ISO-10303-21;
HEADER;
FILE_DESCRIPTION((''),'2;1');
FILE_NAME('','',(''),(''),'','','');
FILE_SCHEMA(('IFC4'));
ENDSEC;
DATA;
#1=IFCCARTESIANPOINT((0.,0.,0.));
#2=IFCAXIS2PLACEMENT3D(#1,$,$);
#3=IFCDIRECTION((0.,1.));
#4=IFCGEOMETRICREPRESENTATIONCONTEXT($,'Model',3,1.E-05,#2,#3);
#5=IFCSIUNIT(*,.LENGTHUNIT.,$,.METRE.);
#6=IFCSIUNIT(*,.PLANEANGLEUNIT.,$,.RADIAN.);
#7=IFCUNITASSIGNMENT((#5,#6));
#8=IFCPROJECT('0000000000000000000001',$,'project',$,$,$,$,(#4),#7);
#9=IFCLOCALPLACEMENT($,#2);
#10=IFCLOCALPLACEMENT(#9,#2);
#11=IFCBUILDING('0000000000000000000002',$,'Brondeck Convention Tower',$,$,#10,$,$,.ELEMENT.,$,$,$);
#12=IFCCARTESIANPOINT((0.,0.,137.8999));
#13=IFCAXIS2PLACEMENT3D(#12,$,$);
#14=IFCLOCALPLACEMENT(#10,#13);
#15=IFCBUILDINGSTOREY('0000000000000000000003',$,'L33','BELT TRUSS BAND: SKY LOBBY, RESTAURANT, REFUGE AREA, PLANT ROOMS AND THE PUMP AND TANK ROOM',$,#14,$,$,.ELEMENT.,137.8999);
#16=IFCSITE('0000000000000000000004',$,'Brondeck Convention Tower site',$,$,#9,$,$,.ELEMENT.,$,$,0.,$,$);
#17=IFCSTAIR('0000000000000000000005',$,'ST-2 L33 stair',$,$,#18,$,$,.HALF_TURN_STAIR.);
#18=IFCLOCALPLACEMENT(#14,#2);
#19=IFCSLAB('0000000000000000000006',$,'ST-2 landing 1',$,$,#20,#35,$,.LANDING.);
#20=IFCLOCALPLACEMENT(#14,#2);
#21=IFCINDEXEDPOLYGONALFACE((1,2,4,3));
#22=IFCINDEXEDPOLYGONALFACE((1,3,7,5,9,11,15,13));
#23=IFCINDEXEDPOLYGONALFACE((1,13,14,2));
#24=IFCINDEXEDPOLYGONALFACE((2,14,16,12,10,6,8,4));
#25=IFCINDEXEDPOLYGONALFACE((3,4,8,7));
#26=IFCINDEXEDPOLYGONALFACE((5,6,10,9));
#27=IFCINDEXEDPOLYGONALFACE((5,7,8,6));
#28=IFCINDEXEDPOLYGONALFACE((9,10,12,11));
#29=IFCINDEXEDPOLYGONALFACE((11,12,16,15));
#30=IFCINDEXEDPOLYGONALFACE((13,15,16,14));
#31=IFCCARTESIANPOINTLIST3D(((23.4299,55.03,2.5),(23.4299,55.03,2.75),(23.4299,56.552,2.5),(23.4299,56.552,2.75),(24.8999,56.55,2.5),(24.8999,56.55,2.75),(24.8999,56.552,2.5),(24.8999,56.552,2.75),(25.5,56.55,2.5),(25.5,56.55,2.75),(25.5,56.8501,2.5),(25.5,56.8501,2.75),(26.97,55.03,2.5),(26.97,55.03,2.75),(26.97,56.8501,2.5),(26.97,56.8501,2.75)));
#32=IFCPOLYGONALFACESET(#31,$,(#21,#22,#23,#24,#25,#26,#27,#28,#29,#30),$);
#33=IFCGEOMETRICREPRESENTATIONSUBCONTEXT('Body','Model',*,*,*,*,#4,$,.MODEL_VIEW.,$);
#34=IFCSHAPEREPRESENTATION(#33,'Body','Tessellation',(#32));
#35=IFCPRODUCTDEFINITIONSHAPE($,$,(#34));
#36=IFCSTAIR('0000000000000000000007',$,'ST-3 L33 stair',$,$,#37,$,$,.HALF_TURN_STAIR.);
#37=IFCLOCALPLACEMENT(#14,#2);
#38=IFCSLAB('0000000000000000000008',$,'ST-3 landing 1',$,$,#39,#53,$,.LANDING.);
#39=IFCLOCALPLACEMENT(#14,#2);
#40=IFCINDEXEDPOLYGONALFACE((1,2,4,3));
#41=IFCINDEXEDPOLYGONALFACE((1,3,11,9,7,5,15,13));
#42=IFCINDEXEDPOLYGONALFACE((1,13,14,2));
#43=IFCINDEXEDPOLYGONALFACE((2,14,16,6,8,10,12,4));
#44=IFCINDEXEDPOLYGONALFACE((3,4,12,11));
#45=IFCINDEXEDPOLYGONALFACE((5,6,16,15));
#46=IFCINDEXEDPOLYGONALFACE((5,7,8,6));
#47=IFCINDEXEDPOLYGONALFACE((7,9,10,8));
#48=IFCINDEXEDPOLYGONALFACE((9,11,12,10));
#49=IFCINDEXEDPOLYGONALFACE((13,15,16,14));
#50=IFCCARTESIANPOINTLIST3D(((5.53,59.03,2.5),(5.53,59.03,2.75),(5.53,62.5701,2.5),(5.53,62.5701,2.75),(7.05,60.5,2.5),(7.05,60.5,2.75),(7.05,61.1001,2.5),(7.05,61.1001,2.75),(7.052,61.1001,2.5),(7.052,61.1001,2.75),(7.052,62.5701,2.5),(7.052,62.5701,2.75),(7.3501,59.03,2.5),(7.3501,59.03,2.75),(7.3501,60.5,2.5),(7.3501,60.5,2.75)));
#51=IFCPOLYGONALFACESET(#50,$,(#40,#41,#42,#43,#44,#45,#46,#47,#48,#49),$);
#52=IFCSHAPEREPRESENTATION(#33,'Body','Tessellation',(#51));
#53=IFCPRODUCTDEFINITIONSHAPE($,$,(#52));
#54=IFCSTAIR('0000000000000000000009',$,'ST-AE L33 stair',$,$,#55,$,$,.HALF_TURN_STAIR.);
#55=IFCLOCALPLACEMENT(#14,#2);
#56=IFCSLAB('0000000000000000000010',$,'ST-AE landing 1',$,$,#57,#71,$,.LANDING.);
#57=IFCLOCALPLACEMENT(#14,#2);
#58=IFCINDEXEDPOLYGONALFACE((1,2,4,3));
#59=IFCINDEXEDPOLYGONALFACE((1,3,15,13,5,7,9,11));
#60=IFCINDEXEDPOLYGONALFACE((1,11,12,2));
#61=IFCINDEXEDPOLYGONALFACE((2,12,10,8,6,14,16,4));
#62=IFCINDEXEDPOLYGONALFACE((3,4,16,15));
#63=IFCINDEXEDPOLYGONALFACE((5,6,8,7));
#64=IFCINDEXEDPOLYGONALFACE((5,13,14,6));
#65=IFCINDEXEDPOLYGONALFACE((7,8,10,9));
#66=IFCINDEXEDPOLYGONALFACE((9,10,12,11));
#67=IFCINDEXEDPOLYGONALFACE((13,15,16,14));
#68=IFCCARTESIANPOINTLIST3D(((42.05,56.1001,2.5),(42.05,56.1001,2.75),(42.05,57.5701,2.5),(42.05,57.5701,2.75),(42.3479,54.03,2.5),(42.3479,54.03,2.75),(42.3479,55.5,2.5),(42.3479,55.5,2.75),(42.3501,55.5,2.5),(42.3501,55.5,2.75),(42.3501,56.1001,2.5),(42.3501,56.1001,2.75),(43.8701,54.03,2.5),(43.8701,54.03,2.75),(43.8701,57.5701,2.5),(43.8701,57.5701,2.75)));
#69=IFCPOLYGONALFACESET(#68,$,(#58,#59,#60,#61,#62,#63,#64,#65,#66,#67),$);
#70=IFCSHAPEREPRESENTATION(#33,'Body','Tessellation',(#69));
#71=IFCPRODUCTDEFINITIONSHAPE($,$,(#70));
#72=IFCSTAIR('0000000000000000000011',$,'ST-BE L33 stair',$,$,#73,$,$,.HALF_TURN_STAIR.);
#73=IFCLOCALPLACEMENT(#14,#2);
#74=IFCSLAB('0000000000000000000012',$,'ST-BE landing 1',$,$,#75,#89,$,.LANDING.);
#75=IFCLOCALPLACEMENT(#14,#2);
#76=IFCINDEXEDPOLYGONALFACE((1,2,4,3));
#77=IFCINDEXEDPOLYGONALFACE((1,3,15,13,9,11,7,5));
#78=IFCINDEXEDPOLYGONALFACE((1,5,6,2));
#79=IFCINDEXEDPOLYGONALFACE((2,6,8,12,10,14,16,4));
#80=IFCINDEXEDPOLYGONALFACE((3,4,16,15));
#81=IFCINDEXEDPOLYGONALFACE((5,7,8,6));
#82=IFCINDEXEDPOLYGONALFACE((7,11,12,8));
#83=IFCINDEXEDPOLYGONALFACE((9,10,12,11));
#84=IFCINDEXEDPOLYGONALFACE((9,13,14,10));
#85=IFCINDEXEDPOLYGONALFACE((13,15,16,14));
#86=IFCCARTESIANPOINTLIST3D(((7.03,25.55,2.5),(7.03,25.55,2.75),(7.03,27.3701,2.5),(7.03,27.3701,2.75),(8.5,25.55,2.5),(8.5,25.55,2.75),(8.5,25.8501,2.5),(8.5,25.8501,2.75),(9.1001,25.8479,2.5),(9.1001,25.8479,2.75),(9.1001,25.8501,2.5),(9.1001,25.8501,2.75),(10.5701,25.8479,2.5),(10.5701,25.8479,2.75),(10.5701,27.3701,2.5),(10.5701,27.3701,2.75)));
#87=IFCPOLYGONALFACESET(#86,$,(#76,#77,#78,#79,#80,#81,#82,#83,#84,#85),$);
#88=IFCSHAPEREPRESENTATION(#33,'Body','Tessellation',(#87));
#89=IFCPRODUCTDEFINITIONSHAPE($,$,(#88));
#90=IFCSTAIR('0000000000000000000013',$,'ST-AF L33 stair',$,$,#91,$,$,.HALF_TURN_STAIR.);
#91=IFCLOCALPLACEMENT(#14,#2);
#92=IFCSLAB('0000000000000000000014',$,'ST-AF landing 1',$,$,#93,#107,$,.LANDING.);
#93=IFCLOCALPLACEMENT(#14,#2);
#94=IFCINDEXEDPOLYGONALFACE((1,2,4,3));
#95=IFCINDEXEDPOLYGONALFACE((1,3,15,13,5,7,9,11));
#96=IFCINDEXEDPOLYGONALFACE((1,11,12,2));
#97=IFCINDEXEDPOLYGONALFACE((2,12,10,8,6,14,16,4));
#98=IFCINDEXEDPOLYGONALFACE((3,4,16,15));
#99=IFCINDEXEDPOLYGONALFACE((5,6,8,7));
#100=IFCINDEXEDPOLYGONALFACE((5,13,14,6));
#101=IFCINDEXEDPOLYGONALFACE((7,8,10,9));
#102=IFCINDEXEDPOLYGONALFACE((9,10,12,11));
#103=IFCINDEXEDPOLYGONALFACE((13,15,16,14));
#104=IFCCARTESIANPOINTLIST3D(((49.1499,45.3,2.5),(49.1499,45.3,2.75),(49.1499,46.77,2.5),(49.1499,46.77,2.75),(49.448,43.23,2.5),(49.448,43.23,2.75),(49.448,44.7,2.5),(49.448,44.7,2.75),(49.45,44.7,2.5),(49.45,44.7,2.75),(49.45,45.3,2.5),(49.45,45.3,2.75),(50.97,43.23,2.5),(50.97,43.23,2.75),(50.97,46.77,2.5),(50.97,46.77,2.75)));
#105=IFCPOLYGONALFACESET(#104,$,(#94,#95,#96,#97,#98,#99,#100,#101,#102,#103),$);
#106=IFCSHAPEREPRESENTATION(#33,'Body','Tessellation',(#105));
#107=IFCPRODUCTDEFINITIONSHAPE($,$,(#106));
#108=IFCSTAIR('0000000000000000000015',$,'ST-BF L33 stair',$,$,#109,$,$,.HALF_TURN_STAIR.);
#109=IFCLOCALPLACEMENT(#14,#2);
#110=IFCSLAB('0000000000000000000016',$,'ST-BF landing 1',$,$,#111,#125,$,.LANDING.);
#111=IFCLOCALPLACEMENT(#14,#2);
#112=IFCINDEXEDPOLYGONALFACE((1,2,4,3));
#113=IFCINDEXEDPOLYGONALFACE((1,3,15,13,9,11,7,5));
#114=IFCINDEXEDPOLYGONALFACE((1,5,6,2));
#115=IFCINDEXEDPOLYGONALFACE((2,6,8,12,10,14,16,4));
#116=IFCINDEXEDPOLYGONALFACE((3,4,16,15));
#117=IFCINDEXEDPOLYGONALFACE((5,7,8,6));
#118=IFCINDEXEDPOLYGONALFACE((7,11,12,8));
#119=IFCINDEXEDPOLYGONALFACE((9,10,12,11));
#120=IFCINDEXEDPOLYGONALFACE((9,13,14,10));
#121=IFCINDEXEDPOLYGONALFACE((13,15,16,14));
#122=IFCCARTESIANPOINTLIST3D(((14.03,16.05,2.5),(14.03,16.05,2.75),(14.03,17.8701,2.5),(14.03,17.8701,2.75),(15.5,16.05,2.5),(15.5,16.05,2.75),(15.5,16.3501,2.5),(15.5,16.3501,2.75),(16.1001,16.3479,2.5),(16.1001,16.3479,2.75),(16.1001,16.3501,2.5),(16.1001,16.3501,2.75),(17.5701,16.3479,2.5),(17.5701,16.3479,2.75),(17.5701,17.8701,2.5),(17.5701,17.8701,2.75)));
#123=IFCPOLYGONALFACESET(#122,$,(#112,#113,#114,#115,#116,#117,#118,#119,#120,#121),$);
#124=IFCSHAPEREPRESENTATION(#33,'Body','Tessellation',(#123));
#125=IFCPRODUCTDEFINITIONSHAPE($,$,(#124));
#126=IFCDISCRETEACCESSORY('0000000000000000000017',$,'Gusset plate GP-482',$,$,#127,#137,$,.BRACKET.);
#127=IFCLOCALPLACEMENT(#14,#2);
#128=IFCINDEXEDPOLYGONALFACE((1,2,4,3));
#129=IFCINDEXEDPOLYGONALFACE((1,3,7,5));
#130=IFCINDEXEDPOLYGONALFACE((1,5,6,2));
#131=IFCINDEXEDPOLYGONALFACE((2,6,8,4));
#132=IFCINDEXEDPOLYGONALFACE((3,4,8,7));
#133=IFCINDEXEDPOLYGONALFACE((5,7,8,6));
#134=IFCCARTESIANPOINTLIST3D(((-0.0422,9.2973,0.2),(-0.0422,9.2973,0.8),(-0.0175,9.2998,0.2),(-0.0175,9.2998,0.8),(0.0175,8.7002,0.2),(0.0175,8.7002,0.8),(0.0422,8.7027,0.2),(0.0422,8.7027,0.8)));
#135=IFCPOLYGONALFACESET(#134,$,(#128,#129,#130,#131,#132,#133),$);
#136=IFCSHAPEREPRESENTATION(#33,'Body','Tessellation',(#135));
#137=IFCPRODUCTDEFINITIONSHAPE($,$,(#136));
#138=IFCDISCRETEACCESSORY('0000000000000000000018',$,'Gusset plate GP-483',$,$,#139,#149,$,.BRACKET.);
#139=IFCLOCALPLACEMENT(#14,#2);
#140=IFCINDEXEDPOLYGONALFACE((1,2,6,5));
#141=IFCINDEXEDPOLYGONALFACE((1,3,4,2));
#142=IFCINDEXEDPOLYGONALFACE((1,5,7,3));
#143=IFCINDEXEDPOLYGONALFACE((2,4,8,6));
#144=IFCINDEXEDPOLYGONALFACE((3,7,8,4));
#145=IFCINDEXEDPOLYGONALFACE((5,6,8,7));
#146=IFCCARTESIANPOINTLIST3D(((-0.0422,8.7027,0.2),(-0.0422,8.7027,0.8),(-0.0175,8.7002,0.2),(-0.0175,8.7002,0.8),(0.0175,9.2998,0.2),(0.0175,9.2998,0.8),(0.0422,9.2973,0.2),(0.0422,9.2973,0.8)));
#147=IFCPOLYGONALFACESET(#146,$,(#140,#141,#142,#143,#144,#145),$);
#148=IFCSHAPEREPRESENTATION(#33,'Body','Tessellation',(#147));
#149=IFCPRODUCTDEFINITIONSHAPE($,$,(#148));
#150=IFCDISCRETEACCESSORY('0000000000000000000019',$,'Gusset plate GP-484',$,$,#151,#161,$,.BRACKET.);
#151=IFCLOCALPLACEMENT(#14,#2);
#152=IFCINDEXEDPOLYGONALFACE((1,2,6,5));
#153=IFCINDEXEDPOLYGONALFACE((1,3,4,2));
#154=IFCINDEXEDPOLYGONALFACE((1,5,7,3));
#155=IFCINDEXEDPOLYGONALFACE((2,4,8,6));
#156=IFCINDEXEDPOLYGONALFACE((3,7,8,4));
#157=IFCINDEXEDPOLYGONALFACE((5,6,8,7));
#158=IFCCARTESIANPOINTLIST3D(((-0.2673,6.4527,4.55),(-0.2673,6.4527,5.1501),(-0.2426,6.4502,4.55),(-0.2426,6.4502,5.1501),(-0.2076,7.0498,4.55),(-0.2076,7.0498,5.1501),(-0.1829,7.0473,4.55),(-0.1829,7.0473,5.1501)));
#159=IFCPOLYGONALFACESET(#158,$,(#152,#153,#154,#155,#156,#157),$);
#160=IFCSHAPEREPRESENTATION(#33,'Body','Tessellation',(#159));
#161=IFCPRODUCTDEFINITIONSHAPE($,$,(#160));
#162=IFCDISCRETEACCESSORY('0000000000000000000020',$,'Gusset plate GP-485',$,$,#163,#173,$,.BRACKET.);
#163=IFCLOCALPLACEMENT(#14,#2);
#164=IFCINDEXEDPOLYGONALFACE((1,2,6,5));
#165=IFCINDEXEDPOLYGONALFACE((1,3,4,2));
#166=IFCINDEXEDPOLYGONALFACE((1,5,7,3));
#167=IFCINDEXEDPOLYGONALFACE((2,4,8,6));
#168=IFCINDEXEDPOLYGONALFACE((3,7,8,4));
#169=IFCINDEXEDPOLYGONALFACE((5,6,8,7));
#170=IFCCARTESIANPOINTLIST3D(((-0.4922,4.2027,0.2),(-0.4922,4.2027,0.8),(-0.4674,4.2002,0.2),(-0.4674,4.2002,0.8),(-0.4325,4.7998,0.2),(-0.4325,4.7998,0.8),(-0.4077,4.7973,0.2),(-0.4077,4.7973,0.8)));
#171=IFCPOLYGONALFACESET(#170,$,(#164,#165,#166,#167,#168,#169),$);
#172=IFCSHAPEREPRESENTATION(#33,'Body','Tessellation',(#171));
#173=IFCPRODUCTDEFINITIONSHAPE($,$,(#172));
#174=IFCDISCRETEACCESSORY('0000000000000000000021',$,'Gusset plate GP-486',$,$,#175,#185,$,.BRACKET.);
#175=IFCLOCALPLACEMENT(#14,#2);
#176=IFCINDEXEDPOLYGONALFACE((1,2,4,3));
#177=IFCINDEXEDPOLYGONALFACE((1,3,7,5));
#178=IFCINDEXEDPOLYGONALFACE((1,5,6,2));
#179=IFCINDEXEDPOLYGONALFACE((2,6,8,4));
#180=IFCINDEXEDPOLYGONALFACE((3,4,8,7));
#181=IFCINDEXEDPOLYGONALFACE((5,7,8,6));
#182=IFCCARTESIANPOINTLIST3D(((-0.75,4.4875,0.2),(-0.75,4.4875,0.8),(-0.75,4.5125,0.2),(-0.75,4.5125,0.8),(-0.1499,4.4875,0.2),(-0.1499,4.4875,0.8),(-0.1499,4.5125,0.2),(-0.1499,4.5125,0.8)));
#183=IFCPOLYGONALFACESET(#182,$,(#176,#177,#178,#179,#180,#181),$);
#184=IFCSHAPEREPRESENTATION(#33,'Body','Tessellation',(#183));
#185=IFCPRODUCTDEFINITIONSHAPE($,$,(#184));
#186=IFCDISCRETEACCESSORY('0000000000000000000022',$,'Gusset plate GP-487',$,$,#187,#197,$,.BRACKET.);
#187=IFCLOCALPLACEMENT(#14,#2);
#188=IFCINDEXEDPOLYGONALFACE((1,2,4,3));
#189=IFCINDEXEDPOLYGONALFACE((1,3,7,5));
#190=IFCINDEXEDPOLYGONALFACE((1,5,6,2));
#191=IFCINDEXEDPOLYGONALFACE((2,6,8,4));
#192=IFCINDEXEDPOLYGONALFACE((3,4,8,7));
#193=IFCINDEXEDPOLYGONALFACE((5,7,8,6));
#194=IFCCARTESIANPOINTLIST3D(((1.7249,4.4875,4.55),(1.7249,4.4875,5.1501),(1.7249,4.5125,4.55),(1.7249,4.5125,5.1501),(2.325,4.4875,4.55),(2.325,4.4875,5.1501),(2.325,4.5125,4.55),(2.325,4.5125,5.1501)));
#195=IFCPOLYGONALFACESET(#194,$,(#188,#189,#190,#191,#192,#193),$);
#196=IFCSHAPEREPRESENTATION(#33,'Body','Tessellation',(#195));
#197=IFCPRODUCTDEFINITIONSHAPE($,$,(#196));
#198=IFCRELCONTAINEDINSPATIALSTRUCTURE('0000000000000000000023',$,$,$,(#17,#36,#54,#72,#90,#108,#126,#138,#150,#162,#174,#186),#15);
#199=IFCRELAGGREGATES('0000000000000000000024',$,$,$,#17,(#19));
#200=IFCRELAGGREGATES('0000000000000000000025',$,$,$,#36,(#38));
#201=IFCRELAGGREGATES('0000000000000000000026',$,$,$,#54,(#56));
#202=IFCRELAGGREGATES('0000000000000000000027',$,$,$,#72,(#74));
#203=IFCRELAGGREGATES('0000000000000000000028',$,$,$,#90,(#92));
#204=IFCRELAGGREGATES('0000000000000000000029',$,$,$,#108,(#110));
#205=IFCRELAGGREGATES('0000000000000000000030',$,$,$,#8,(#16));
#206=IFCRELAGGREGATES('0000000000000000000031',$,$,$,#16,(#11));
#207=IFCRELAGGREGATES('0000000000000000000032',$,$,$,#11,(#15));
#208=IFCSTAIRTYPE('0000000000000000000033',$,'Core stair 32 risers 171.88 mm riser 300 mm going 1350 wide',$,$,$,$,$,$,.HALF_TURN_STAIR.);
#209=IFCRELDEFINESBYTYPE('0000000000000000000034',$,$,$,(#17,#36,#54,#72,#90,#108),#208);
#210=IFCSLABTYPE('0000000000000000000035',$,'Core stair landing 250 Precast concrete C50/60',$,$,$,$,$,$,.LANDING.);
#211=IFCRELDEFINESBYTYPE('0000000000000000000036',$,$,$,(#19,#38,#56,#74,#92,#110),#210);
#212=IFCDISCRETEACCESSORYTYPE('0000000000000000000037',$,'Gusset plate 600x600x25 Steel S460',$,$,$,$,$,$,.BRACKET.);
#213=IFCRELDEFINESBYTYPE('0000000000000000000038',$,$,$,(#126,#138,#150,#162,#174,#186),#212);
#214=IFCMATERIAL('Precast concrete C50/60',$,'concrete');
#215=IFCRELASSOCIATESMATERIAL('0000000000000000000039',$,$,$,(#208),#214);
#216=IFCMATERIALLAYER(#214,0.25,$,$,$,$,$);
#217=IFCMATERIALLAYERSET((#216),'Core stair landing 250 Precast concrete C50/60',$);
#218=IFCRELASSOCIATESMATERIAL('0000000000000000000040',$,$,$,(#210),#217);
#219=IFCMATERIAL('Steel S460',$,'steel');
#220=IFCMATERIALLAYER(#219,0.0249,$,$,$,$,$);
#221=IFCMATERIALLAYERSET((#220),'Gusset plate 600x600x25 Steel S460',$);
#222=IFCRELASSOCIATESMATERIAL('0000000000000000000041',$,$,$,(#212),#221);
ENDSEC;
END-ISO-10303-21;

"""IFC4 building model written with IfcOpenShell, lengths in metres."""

from ifc_helpers import new_model, si_unit, direction, frame, origin, origin_2d, place, context, subcontext, project, spatial, polyline, rectangle, outline, extrude, material, layer, layer_set, type_object, element, aggregate, save


model = new_model("IFC4")

# Units and contexts
model_context = context("Model", 3, precision=1e-05, world=origin(), true_north=direction((0.0, 1.0)))
body_context = subcontext(model_context, "Body", "Model", "MODEL_VIEW")
ifc_project = project(units=[si_unit("LENGTHUNIT", "METRE"), si_unit("PLANEANGLEUNIT", "RADIAN")], contexts=[model_context])

# Site, building, storey
site_placement = place(None, origin())
site = spatial("IfcSite", under=ifc_project, at=site_placement, Name="Brondeck Convention Tower site", CompositionType="ELEMENT", RefElevation=0.0)
building_placement = place(site_placement, origin())
building = spatial("IfcBuilding", under=site, at=building_placement, Name="Brondeck Convention Tower", CompositionType="ELEMENT")
storey_placement = place(building_placement, frame((0.0, 0.0, 137.8999)))
storey = spatial("IfcBuildingStorey", under=building, at=storey_placement, Name="L33", Description="BELT TRUSS BAND: SKY LOBBY, RESTAURANT, REFUGE AREA, PLANT ROOMS AND THE PUMP AND TANK ROOM", CompositionType="ELEMENT", Elevation=137.8999)

# Shared definitions
ifc_material_1 = material(Name="Steel S460", Category="steel")

# Stairs, slabs
ifc_material_2 = material(Name="Precast concrete C50/60", Category="concrete")
stair_type = type_object("IfcStairType", Name="Core stair 32 risers 171.88 mm riser 300 mm going 1350 wide", PredefinedType="HALF_TURN_STAIR", material=ifc_material_2)
ifc_layer_1 = layer(ifc_material_2, 0.25)
ifc_layer_set_1 = layer_set([ifc_layer_1], Name="Core stair landing 250 Precast concrete C50/60")
slab_type_1 = type_object("IfcSlabType", Name="Core stair landing 250 Precast concrete C50/60", PredefinedType="LANDING", material=ifc_layer_set_1)
stair_1_placement = place(storey_placement, origin())
stair_1 = element("IfcStair", 1, at=stair_1_placement, inside=storey, type_object=stair_type, Name="ST-2 L33 stair", PredefinedType="HALF_TURN_STAIR")
slab_1_placement = place(storey_placement, frame((0.0, 0.0, 2.5)))
slab_1 = element("IfcSlab", 2, at=slab_1_placement, type_object=slab_type_1, Name="ST-2 landing 1", PredefinedType="LANDING", context=body_context, shape_type="SweptSolid", body=[
    extrude(outline(polyline([(23.4299, 56.552), (24.8999, 56.552), (24.8999, 56.55), (25.5, 56.55), (25.5, 56.8501), (26.97, 56.8501), (26.97, 55.03), (23.4299, 55.03), (23.4299, 56.552)])), origin(), (0.0, 0.0, 1.0), 0.25),
])
aggregate(stair_1, [slab_1])
stair_2_placement = place(storey_placement, origin())
stair_2 = element("IfcStair", 3, at=stair_2_placement, inside=storey, type_object=stair_type, Name="ST-3 L33 stair", PredefinedType="HALF_TURN_STAIR")
slab_2_placement = place(storey_placement, frame((0.0, 0.0, 2.5)))
slab_2 = element("IfcSlab", 4, at=slab_2_placement, type_object=slab_type_1, Name="ST-3 landing 1", PredefinedType="LANDING", context=body_context, shape_type="SweptSolid", body=[
    extrude(outline(polyline([(7.3501, 60.5), (7.3501, 59.03), (5.53, 59.03), (5.53, 62.5701), (7.052, 62.5701), (7.052, 61.1001), (7.05, 61.1001), (7.05, 60.5), (7.3501, 60.5)])), origin(), (0.0, 0.0, 1.0), 0.25),
])
aggregate(stair_2, [slab_2])
stair_3_placement = place(storey_placement, origin())
stair_3 = element("IfcStair", 5, at=stair_3_placement, inside=storey, type_object=stair_type, Name="ST-AE L33 stair", PredefinedType="HALF_TURN_STAIR")
slab_3_placement = place(storey_placement, frame((0.0, 0.0, 2.5)))
slab_3 = element("IfcSlab", 6, at=slab_3_placement, type_object=slab_type_1, Name="ST-AE landing 1", PredefinedType="LANDING", context=body_context, shape_type="SweptSolid", body=[
    extrude(outline(polyline([(42.3479, 55.5), (42.3501, 55.5), (42.3501, 56.1001), (42.05, 56.1001), (42.05, 57.5701), (43.8701, 57.5701), (43.8701, 54.03), (42.3479, 54.03), (42.3479, 55.5)])), origin(), (0.0, 0.0, 1.0), 0.25),
])
aggregate(stair_3, [slab_3])
stair_4_placement = place(storey_placement, origin())
stair_4 = element("IfcStair", 7, at=stair_4_placement, inside=storey, type_object=stair_type, Name="ST-BE L33 stair", PredefinedType="HALF_TURN_STAIR")
slab_4_placement = place(storey_placement, frame((0.0, 0.0, 2.5)))
slab_4 = element("IfcSlab", 8, at=slab_4_placement, type_object=slab_type_1, Name="ST-BE landing 1", PredefinedType="LANDING", context=body_context, shape_type="SweptSolid", body=[
    extrude(outline(polyline([(7.03, 25.55), (7.03, 27.3701), (10.5701, 27.3701), (10.5701, 25.8479), (9.1001, 25.8479), (9.1001, 25.8501), (8.5, 25.8501), (8.5, 25.55), (7.03, 25.55)])), origin(), (0.0, 0.0, 1.0), 0.25),
])
aggregate(stair_4, [slab_4])
stair_5_placement = place(storey_placement, origin())
stair_5 = element("IfcStair", 9, at=stair_5_placement, inside=storey, type_object=stair_type, Name="ST-AF L33 stair", PredefinedType="HALF_TURN_STAIR")
slab_5_placement = place(storey_placement, frame((0.0, 0.0, 2.5)))
slab_5 = element("IfcSlab", 10, at=slab_5_placement, type_object=slab_type_1, Name="ST-AF landing 1", PredefinedType="LANDING", context=body_context, shape_type="SweptSolid", body=[
    extrude(outline(polyline([(49.448, 44.7), (49.45, 44.7), (49.45, 45.3), (49.1499, 45.3), (49.1499, 46.77), (50.97, 46.77), (50.97, 43.23), (49.448, 43.23), (49.448, 44.7)])), origin(), (0.0, 0.0, 1.0), 0.25),
])
aggregate(stair_5, [slab_5])
stair_6_placement = place(storey_placement, origin())
stair_6 = element("IfcStair", 11, at=stair_6_placement, inside=storey, type_object=stair_type, Name="ST-BF L33 stair", PredefinedType="HALF_TURN_STAIR")
slab_6_placement = place(storey_placement, frame((0.0, 0.0, 2.5)))
slab_6 = element("IfcSlab", 12, at=slab_6_placement, type_object=slab_type_1, Name="ST-BF landing 1", PredefinedType="LANDING", context=body_context, shape_type="SweptSolid", body=[
    extrude(outline(polyline([(14.03, 16.05), (14.03, 17.8701), (17.5701, 17.8701), (17.5701, 16.3479), (16.1001, 16.3479), (16.1001, 16.3501), (15.5, 16.3501), (15.5, 16.05), (14.03, 16.05)])), origin(), (0.0, 0.0, 1.0), 0.25),
])
aggregate(stair_6, [slab_6])

# Discrete accessories
ifc_layer_2 = layer(ifc_material_1, 0.0249)
ifc_layer_set_2 = layer_set([ifc_layer_2], Name="Gusset plate 600x600x25 Steel S460")
discrete_accessory_type = type_object("IfcDiscreteAccessoryType", Name="Gusset plate 600x600x25 Steel S460", PredefinedType="BRACKET", material=ifc_layer_set_2)
for number, where, z_axis, x_axis, name in (
    (13, (0.0, 9.0, 0.2), (0.0, 0.0, 1.0), (-0.099511, 0.995036, 0.0), "Gusset plate GP-482"),
    (14, (0.0, 9.0, 0.2), (0.0, 0.0, 1.0), (0.099511, 0.995036, 0.0), "Gusset plate GP-483"),
    (15, (-0.2251, 6.75, 4.55), (0.0, 0.0, 1.0), (0.099511, 0.995036, 0.0), "Gusset plate GP-484"),
    (16, (-0.45, 4.5, 0.2), (0.0, 0.0, 1.0), (0.099511, 0.995036, 0.0), "Gusset plate GP-485"),
    (17, (-0.45, 4.5, 0.2), (0.0, 0.0, 1.0), (1.0, 0.0, 0.0), "Gusset plate GP-486"),
    (18, (2.0249, 4.5, 4.55), (0.0, 0.0, 1.0), (1.0, 0.0, 0.0), "Gusset plate GP-487"),
):
    element("IfcDiscreteAccessory", number, at=place(storey_placement, frame(where, z_axis=z_axis, x_axis=x_axis)), inside=storey, type_object=discrete_accessory_type, Name=name, PredefinedType="BRACKET", context=body_context, shape_type="SweptSolid", body=[
        extrude(rectangle(XDim=0.6001, YDim=0.0249, at=origin_2d()), origin(), (0.0, 0.0, 1.0), 0.6001),
    ])

save(model, "model.ifc")
